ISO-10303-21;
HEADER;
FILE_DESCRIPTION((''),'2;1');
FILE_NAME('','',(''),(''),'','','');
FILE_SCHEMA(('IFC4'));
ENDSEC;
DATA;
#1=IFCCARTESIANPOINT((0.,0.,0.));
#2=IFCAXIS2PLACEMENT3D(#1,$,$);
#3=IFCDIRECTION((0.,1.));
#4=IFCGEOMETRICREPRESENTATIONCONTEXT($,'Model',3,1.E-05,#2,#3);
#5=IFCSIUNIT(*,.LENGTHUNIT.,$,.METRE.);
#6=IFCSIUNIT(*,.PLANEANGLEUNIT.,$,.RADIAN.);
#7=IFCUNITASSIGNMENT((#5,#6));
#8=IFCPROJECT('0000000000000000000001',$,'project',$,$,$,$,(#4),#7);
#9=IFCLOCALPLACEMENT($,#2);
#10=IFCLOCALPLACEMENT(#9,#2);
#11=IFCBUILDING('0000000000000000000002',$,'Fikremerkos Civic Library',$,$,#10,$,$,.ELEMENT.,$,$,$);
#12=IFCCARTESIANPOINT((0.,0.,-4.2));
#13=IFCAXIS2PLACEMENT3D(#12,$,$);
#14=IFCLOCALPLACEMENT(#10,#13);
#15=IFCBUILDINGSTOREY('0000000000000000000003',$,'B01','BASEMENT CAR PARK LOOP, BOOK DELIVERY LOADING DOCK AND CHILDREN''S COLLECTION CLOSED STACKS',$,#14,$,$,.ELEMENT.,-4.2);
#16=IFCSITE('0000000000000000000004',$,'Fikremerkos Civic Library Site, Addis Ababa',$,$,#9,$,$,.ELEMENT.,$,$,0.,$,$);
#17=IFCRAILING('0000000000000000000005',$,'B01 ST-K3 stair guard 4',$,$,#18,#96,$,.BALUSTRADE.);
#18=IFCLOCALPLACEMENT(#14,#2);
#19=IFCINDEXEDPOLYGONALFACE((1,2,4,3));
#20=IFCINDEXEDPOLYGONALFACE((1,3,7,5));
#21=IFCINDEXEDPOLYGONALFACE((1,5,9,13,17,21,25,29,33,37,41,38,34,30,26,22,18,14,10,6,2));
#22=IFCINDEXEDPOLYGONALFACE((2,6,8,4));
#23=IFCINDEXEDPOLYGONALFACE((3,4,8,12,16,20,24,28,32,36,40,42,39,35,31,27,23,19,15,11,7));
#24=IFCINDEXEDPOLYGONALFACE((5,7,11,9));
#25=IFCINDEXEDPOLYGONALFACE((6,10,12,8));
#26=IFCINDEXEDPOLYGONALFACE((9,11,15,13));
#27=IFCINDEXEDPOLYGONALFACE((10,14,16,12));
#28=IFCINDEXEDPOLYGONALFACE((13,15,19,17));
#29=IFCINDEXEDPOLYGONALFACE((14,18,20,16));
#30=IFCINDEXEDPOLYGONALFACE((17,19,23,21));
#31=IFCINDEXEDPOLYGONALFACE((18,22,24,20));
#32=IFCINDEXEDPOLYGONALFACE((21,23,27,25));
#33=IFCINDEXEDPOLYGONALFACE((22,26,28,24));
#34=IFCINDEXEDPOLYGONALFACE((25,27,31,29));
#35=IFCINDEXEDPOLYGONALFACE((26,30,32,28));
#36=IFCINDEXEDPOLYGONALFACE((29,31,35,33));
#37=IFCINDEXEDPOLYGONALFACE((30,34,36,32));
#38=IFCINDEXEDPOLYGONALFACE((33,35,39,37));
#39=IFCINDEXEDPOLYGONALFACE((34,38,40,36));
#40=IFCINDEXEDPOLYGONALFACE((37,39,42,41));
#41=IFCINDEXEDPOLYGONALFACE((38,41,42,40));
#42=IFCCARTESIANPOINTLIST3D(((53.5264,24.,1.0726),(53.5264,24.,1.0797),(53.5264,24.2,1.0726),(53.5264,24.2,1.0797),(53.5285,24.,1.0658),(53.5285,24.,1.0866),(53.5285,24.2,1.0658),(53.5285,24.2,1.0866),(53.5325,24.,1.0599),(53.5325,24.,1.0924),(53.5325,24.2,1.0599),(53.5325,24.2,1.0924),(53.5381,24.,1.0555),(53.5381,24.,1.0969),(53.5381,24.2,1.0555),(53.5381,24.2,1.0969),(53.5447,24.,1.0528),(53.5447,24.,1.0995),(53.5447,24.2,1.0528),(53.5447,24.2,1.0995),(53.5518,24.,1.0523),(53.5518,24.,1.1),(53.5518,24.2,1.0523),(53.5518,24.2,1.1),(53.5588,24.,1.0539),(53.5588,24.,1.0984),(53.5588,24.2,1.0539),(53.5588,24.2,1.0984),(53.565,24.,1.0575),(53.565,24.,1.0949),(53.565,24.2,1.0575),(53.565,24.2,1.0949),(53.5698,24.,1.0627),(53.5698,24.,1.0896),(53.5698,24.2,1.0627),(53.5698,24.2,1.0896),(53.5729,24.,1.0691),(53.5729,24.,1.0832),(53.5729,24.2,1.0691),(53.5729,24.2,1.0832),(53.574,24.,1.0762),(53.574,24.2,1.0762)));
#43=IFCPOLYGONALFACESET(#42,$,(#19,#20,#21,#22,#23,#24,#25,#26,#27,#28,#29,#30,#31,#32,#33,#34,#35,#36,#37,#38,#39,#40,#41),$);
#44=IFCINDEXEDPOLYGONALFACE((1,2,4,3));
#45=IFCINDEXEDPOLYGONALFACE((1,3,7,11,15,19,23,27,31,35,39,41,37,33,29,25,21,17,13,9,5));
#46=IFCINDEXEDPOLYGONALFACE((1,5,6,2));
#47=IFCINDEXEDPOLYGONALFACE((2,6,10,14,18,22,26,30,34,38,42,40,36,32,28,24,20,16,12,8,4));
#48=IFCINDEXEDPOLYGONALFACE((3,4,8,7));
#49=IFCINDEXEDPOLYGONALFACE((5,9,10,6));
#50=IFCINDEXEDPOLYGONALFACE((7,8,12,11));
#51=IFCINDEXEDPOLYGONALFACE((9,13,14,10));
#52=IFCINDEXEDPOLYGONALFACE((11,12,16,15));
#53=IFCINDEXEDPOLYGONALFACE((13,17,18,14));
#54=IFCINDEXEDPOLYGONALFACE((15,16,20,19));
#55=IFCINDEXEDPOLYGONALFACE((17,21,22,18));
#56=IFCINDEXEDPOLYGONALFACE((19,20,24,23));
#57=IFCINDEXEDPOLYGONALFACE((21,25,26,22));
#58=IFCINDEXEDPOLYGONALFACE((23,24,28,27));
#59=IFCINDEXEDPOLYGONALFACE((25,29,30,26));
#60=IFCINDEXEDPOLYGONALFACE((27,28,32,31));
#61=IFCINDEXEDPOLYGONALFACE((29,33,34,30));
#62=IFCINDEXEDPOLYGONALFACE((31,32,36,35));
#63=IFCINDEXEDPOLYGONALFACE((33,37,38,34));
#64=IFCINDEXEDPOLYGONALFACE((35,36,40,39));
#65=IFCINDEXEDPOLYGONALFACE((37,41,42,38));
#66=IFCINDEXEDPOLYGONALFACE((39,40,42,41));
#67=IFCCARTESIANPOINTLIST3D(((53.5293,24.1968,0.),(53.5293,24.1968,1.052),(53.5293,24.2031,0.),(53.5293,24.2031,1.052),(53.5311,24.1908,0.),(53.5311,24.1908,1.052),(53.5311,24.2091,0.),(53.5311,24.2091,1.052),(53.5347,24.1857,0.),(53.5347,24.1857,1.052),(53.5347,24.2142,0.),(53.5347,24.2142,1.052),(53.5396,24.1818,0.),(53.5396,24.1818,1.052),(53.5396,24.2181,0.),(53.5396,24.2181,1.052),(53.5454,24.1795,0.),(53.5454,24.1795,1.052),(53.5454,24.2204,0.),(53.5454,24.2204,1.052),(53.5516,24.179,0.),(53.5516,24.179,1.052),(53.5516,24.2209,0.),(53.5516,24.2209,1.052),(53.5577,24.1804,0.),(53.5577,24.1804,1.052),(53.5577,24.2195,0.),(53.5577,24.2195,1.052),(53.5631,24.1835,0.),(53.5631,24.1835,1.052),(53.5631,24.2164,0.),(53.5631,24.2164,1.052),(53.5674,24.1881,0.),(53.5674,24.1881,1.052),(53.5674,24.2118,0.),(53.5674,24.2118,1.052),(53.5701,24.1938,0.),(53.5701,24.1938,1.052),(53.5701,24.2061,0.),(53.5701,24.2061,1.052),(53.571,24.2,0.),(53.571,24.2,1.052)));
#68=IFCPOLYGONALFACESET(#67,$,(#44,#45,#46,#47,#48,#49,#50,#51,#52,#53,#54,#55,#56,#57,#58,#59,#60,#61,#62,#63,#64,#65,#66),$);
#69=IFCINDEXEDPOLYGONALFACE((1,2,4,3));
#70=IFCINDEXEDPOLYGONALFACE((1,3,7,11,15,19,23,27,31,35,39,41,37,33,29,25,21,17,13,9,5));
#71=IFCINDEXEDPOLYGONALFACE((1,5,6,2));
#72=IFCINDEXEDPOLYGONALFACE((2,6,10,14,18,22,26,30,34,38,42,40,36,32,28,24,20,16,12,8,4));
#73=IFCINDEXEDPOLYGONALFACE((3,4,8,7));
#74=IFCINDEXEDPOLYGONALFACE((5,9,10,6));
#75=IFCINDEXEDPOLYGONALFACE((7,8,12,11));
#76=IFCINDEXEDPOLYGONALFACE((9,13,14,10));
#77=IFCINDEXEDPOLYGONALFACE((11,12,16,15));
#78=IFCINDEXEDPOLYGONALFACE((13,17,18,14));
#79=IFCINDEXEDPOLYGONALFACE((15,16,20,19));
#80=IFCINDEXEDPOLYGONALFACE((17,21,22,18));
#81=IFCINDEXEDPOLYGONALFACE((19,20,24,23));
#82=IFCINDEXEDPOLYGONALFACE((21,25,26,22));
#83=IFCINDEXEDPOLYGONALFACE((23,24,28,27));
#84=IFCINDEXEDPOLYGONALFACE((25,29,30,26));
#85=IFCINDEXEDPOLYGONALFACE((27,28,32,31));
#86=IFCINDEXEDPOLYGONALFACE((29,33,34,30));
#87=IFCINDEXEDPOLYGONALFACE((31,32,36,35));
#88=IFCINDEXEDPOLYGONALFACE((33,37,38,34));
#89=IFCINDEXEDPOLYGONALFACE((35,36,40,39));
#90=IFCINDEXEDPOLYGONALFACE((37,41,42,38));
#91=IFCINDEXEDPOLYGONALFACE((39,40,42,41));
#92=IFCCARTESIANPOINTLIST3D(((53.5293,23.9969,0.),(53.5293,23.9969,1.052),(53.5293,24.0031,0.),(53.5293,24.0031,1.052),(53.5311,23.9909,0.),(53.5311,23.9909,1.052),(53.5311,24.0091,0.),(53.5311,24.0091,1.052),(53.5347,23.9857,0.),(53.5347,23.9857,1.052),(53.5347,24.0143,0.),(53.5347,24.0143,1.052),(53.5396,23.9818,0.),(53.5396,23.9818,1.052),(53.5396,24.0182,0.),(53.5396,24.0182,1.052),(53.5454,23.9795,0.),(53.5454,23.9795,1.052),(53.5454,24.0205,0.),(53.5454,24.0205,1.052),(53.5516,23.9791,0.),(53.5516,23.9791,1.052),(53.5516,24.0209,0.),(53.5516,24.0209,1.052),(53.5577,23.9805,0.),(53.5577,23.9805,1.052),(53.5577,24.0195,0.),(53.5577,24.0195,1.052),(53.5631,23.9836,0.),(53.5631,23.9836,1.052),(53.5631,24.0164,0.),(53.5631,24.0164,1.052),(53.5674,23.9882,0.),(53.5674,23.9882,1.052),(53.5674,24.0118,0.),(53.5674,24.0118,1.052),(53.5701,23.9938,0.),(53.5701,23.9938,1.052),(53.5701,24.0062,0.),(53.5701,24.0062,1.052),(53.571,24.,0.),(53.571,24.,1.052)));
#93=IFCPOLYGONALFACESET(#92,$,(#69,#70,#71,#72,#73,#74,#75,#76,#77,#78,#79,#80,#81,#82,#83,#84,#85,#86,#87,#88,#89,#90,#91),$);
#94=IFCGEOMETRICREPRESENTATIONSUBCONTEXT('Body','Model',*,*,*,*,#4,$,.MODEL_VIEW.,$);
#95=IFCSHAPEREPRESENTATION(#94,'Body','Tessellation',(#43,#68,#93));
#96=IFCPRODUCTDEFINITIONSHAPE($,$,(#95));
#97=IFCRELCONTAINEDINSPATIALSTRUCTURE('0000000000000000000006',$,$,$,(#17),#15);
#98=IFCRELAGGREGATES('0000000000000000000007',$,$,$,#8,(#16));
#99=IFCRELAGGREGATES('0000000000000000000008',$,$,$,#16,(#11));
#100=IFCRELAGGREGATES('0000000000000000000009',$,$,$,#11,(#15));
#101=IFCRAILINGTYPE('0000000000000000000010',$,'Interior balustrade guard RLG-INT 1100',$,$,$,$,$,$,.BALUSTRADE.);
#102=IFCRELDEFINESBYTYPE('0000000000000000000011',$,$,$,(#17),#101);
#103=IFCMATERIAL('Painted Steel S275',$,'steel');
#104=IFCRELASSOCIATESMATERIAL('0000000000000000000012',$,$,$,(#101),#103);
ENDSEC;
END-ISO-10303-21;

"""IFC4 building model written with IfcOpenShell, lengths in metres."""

from ifc_helpers import new_model, si_unit, direction, frame, origin, origin_2d, place, context, subcontext, project, spatial, circle, extrude, material, type_object, element, save


model = new_model("IFC4")

# Units and contexts
model_context = context("Model", 3, precision=1e-05, world=origin(), true_north=direction((0.0, 1.0)))
body_context = subcontext(model_context, "Body", "Model", "MODEL_VIEW")
ifc_project = project(units=[si_unit("LENGTHUNIT", "METRE"), si_unit("PLANEANGLEUNIT", "RADIAN")], contexts=[model_context])

# Site, building, storey
site_placement = place(None, origin())
site = spatial("IfcSite", under=ifc_project, at=site_placement, Name="Fikremerkos Civic Library Site, Addis Ababa", CompositionType="ELEMENT", RefElevation=0.0)
building_placement = place(site_placement, origin())
building = spatial("IfcBuilding", under=site, at=building_placement, Name="Fikremerkos Civic Library", CompositionType="ELEMENT")
storey_placement = place(building_placement, frame((0.0, 0.0, -4.2)))
storey = spatial("IfcBuildingStorey", under=building, at=storey_placement, Name="B01", Description="BASEMENT CAR PARK LOOP, BOOK DELIVERY LOADING DOCK AND CHILDREN'S COLLECTION CLOSED STACKS", CompositionType="ELEMENT", Elevation=-4.2)

# Railing
ifc_material_1 = material(Name="Painted Steel S275", Category="steel")
railing_type_1 = type_object("IfcRailingType", Name="Interior balustrade guard RLG-INT 1100", PredefinedType="BALUSTRADE", material=ifc_material_1)
railing_1_placement = place(storey_placement, frame((53.55, 24.2, 0.0)))
element("IfcRailing", 1, at=railing_1_placement, inside=storey, type_object=railing_type_1, Name="B01 ST-K3 stair guard 4", PredefinedType="BALUSTRADE", context=body_context, shape_type="SweptSolid", body=[
    extrude(circle(Radius=0.0239, at=origin_2d()), frame((0.0, 0.0, 1.0762), z_axis=(0.0, -1.0, 0.0), x_axis=(1.0, 0.0, 0.0)), (0.0, 0.0, 1.0), 0.2),
    extrude(circle(Radius=0.021, at=origin_2d()), origin(), (0.0, 0.0, 1.0), 1.052),
    extrude(circle(Radius=0.021, at=origin_2d()), frame((0.0, -0.2, 0.0)), (0.0, 0.0, 1.0), 1.052),
])

save(model, "model.ifc")
